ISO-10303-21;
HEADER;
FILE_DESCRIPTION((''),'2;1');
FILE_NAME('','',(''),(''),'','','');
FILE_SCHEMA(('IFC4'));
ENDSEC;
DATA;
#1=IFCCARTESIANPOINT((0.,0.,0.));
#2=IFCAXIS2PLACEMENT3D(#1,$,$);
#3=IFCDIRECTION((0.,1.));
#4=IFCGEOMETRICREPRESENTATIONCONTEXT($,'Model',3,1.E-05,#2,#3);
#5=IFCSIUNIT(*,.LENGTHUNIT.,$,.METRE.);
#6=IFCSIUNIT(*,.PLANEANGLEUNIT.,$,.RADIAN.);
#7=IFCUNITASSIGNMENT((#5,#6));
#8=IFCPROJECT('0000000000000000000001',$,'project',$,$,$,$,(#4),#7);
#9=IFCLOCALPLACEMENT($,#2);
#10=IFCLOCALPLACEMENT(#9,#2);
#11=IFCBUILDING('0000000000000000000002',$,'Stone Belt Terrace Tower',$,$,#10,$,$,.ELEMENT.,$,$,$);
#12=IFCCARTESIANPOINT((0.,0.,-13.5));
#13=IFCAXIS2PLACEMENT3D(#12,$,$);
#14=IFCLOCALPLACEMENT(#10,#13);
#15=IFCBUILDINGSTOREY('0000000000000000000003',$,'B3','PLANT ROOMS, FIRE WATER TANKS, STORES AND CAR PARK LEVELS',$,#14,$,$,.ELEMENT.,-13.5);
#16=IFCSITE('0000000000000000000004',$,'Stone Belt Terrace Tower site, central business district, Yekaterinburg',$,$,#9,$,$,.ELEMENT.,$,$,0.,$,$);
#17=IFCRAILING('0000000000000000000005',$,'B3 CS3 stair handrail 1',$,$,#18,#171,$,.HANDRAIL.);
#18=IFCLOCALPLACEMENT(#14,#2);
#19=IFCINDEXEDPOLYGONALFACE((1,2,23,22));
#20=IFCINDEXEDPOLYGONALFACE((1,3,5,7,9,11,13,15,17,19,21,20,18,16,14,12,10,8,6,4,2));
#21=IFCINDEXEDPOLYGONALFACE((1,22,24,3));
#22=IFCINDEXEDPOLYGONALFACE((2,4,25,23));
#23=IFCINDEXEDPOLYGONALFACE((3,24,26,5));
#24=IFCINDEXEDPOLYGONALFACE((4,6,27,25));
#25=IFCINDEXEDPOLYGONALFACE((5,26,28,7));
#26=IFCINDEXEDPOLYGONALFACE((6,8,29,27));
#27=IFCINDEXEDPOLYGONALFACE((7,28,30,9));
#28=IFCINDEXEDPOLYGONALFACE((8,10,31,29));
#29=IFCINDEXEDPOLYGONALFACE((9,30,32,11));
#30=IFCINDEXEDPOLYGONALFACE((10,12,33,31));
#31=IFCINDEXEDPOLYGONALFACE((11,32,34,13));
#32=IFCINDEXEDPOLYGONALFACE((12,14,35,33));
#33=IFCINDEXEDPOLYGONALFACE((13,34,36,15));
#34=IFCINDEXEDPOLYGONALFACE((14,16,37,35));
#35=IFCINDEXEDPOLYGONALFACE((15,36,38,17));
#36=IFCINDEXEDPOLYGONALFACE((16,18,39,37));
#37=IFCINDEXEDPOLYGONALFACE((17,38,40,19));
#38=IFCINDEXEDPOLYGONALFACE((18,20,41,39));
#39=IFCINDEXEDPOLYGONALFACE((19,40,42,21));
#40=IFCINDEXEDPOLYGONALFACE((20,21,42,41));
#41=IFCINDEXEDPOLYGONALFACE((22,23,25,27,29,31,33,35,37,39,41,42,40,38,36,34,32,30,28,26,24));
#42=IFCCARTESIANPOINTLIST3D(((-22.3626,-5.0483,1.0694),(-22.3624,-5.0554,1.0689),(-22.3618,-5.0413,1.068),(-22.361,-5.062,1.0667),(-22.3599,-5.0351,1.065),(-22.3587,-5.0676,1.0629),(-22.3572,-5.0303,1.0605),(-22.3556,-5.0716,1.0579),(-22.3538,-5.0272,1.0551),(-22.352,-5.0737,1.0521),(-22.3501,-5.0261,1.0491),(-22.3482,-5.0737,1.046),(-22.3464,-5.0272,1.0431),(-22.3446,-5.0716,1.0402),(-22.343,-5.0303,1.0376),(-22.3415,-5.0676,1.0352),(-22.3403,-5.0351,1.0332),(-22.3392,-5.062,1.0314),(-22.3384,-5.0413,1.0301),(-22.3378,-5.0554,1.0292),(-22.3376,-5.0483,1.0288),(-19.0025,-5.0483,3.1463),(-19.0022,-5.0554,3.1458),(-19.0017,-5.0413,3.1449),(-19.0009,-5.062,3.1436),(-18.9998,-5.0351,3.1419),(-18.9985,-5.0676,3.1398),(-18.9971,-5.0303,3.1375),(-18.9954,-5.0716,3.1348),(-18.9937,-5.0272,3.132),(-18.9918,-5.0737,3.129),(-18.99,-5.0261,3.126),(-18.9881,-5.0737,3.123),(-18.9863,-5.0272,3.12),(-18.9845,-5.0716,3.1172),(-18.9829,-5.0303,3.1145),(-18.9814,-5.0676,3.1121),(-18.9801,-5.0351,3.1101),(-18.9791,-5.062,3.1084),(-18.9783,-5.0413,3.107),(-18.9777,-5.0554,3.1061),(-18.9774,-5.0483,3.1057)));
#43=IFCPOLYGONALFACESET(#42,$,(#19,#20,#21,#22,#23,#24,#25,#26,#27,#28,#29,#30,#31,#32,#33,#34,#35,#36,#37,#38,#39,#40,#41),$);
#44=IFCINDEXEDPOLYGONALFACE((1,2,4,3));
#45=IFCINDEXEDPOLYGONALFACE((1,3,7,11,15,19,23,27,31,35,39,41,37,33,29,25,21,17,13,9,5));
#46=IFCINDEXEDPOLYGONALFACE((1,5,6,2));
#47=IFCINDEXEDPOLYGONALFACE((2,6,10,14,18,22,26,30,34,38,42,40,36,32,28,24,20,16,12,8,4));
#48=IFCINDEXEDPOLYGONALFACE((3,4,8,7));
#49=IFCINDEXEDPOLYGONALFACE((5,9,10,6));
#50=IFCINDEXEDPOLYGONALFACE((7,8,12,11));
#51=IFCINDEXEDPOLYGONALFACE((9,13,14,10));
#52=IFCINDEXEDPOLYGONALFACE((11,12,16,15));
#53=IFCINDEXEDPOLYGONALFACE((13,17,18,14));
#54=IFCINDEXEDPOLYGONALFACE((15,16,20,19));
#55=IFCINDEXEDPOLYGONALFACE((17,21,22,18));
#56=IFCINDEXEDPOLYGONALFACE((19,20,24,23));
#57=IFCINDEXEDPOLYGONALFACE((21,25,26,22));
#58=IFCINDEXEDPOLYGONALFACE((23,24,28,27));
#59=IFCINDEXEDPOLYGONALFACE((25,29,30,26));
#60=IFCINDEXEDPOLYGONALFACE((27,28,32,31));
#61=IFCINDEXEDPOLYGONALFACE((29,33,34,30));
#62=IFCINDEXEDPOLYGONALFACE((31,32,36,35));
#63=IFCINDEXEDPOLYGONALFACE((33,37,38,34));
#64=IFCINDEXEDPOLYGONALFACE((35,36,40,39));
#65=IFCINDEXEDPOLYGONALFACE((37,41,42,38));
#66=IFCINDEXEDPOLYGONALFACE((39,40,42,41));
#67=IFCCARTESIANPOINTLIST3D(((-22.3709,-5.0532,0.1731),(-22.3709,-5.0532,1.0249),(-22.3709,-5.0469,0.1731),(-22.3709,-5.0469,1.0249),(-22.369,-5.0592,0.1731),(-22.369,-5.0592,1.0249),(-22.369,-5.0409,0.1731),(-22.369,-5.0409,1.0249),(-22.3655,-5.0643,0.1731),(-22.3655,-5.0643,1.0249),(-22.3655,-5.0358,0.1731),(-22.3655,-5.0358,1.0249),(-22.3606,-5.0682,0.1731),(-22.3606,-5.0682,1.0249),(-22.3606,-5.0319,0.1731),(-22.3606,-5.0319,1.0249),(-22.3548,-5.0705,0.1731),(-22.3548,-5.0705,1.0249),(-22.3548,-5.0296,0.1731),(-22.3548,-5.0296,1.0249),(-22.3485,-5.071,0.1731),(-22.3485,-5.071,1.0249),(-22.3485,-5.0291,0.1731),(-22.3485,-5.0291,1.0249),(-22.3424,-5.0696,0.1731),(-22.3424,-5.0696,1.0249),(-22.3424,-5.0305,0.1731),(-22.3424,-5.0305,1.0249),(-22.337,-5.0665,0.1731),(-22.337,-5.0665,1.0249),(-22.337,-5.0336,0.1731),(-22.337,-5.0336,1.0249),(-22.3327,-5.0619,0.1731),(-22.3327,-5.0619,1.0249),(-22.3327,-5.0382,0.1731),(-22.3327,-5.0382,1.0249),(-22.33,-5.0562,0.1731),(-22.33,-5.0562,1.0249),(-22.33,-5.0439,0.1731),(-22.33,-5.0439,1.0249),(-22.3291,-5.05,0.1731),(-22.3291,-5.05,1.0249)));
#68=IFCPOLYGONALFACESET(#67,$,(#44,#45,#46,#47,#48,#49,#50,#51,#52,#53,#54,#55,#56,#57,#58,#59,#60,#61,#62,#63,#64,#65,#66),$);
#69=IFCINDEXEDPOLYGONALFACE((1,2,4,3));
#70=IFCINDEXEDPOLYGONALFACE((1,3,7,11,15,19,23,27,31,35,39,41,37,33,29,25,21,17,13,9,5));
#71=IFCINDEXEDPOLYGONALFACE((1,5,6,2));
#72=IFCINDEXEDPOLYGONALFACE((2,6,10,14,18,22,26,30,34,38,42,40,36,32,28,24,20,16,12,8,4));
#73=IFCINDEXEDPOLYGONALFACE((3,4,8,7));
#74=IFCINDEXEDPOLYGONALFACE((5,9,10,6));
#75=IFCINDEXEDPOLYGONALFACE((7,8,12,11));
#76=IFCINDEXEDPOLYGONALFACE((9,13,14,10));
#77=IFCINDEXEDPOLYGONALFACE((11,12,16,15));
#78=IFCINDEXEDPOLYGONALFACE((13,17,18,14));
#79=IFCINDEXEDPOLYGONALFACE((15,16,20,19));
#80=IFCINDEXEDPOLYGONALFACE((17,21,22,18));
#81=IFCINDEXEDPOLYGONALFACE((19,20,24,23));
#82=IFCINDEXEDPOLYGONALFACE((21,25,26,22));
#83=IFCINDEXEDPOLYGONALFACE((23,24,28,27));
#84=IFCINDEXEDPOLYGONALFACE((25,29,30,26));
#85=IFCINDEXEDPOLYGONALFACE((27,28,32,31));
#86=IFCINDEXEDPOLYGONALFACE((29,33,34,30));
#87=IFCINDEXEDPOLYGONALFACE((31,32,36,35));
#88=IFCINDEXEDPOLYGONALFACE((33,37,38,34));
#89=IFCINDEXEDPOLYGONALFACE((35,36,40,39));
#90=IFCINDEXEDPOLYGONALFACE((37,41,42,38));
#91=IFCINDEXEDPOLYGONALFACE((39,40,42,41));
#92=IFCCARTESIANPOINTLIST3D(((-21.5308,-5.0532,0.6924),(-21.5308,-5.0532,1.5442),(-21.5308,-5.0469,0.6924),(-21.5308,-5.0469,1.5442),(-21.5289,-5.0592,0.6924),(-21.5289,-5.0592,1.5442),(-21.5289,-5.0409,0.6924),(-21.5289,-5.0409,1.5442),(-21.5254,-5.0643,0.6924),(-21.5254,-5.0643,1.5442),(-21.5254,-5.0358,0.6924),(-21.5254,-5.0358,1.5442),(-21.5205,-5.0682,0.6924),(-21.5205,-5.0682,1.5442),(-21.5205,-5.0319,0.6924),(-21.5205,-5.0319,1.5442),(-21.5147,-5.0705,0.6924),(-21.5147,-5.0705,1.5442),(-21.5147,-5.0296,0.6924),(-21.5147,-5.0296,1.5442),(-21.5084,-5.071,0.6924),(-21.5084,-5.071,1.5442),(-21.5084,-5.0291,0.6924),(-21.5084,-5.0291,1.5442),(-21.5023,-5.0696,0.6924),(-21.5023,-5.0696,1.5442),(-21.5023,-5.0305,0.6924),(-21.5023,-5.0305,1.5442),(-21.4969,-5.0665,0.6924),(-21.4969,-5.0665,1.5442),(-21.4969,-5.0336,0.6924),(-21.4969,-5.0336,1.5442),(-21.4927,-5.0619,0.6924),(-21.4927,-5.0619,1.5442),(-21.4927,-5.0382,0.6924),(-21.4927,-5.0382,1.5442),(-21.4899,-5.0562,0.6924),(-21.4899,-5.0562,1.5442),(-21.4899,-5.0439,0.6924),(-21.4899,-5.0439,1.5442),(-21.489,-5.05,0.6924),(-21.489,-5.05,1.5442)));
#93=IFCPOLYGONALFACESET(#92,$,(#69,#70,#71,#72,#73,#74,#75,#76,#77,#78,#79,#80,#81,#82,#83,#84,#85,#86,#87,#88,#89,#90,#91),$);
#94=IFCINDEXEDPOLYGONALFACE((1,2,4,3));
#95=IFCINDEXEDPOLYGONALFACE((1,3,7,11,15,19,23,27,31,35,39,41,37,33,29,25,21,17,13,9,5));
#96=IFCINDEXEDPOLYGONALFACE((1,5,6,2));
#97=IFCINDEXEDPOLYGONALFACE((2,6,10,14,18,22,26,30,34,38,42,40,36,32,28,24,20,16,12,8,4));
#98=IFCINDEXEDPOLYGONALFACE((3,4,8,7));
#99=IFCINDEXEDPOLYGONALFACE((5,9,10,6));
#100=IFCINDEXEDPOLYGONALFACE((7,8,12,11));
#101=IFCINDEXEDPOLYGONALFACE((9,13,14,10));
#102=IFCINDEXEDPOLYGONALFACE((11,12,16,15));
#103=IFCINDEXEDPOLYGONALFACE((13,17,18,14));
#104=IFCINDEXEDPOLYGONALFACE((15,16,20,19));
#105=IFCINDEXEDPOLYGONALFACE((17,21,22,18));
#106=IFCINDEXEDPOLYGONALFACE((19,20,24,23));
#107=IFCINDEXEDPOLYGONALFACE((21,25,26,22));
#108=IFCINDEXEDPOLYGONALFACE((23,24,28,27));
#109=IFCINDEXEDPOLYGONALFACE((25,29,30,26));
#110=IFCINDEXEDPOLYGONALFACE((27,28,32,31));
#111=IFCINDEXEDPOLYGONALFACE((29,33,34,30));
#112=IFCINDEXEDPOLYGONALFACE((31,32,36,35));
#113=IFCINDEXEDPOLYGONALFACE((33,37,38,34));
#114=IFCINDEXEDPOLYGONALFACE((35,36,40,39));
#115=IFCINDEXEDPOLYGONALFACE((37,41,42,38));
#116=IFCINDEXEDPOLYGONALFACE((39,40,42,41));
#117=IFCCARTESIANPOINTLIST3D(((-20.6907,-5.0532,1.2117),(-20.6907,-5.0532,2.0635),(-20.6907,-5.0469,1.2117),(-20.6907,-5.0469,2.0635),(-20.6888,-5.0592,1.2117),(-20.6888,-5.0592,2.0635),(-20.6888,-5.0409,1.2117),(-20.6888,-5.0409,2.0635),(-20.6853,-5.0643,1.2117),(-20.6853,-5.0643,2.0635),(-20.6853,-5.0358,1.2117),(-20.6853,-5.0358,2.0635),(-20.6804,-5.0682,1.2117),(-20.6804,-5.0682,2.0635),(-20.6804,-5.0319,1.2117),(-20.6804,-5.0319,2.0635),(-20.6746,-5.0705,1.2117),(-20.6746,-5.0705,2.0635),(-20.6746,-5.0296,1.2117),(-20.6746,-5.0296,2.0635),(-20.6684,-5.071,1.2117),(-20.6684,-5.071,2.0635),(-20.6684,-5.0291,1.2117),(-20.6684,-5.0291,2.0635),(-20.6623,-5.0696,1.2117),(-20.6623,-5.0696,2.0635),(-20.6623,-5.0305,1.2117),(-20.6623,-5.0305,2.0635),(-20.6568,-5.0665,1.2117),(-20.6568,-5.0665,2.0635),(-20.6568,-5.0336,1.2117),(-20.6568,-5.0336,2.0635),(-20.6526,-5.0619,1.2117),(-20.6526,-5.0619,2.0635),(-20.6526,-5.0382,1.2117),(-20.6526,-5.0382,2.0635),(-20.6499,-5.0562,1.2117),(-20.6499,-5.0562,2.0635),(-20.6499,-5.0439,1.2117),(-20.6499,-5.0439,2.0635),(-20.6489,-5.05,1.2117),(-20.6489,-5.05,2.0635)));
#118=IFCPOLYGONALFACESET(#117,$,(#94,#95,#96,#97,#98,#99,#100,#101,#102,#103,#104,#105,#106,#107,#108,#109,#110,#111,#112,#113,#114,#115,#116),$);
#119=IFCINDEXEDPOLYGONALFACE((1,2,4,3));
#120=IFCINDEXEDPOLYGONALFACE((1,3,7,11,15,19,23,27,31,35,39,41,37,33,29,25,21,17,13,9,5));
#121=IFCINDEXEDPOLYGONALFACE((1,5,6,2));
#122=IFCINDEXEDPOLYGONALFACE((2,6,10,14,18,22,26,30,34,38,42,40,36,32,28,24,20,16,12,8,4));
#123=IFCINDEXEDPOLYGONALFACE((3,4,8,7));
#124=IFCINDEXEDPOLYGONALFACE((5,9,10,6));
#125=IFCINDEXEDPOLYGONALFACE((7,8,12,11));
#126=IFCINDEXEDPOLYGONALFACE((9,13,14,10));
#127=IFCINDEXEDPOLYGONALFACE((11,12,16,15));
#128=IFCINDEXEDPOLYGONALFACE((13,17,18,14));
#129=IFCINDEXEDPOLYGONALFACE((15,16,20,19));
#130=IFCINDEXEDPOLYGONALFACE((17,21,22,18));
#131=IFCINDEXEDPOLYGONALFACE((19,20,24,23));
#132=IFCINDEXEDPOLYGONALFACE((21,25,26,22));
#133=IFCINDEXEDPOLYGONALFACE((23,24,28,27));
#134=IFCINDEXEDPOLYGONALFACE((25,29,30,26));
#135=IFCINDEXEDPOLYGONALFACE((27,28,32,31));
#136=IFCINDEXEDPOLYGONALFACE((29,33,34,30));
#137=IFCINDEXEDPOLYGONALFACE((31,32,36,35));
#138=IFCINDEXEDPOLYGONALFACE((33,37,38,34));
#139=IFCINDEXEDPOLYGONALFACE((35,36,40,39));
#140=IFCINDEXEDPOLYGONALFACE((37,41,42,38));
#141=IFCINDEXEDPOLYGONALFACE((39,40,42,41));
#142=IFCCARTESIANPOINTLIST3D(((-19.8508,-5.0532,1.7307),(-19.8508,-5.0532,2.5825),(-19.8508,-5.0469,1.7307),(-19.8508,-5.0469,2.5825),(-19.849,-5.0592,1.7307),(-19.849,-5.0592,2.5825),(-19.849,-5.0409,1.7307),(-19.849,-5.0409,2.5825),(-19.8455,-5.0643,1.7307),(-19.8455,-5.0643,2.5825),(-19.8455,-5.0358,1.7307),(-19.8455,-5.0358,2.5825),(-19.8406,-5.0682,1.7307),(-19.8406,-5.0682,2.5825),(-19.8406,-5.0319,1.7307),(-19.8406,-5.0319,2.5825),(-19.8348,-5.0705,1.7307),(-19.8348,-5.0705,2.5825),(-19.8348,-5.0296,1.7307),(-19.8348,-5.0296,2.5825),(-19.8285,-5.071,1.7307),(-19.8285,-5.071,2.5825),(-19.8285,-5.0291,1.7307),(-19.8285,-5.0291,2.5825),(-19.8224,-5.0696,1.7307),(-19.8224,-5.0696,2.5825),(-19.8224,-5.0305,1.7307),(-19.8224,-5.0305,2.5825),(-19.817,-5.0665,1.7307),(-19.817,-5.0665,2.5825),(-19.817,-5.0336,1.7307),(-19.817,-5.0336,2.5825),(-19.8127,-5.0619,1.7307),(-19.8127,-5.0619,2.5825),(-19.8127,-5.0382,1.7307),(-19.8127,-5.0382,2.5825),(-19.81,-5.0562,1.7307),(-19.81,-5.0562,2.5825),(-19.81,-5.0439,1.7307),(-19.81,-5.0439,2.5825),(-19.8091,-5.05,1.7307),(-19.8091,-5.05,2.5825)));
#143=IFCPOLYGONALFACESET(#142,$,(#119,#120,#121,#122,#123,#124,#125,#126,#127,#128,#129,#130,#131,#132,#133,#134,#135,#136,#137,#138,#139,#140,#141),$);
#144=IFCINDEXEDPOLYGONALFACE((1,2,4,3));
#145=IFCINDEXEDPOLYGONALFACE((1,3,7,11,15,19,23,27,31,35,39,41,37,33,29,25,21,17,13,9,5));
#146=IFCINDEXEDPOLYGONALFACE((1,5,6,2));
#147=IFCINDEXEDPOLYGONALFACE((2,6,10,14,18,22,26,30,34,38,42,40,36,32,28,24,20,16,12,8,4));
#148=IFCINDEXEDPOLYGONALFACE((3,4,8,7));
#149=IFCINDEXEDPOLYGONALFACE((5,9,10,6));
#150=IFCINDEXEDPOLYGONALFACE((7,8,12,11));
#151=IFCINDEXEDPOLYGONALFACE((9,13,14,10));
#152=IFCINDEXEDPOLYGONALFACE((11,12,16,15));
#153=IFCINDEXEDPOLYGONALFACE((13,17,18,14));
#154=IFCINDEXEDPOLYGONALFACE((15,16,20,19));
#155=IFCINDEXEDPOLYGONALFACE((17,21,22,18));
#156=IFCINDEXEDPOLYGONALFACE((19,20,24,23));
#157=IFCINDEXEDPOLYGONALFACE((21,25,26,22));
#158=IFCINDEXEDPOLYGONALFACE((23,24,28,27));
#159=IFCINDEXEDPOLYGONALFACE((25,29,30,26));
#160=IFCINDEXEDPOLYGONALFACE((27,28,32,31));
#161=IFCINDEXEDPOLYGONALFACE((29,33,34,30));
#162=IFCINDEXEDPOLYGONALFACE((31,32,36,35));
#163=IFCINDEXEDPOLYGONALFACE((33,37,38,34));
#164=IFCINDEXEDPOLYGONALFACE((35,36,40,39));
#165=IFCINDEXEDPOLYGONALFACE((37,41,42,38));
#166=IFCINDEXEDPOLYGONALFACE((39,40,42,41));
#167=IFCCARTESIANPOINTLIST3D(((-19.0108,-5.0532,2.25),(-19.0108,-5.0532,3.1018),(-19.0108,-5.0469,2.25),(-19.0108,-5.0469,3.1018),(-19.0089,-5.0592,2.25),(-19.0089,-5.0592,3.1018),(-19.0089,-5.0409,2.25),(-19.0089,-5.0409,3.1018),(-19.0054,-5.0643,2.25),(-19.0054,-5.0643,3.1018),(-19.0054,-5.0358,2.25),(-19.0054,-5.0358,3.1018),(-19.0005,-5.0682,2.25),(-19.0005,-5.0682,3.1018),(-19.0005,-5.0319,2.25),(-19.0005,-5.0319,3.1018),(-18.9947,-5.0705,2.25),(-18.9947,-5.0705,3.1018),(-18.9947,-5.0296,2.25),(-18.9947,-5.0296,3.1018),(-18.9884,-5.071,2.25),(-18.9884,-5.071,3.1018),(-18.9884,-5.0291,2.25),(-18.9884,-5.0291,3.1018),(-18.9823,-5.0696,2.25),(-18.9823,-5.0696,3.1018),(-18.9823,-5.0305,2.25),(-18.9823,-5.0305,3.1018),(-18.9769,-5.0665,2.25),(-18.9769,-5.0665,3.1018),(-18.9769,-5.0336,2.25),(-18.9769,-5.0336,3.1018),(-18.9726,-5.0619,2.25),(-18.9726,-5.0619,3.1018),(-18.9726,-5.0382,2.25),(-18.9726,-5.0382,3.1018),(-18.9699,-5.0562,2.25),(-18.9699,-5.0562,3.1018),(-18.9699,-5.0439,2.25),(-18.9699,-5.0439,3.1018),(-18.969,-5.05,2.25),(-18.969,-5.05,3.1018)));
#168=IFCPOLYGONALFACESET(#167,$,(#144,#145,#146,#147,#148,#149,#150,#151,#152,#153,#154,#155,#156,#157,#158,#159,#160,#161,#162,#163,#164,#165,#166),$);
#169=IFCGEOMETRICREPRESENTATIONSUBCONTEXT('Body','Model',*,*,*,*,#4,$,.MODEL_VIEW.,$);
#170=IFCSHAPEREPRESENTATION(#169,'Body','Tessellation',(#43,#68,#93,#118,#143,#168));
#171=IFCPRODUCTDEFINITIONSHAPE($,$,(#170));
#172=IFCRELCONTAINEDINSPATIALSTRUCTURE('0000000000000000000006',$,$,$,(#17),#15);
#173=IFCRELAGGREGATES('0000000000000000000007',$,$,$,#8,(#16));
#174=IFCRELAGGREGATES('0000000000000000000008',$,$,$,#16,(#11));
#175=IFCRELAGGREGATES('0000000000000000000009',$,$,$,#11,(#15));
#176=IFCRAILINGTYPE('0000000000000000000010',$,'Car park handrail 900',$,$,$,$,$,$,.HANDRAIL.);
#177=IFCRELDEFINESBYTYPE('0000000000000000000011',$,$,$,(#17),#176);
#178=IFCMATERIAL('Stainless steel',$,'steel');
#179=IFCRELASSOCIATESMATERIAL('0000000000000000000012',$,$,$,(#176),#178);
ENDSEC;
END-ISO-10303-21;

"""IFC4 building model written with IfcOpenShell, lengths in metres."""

from ifc_helpers import new_model, si_unit, direction, frame, origin, origin_2d, place, context, subcontext, project, spatial, circle, extrude, material, type_object, element, save


model = new_model("IFC4")

# Units and contexts
model_context = context("Model", 3, precision=1e-05, world=origin(), true_north=direction((0.0, 1.0)))
body_context = subcontext(model_context, "Body", "Model", "MODEL_VIEW")
ifc_project = project(units=[si_unit("LENGTHUNIT", "METRE"), si_unit("PLANEANGLEUNIT", "RADIAN")], contexts=[model_context])

# Site, building, storey
site_placement = place(None, origin())
site = spatial("IfcSite", under=ifc_project, at=site_placement, Name="Stone Belt Terrace Tower site, central business district, Yekaterinburg", CompositionType="ELEMENT", RefElevation=0.0)
building_placement = place(site_placement, origin())
building = spatial("IfcBuilding", under=site, at=building_placement, Name="Stone Belt Terrace Tower", CompositionType="ELEMENT")
storey_placement = place(building_placement, frame((0.0, 0.0, -13.5)))
storey = spatial("IfcBuildingStorey", under=building, at=storey_placement, Name="B3", Description="PLANT ROOMS, FIRE WATER TANKS, STORES AND CAR PARK LEVELS", CompositionType="ELEMENT", Elevation=-13.5)

# Railing
ifc_material_1 = material(Name="Stainless steel", Category="steel")
railing_type_1 = type_object("IfcRailingType", Name="Car park handrail 900", PredefinedType="HANDRAIL", material=ifc_material_1)
railing_1_placement = place(storey_placement, frame((-22.3501, -5.05, 0.1731)))
element("IfcRailing", 1, at=railing_1_placement, inside=storey, type_object=railing_type_1, Name="B3 CS3 stair handrail 1", PredefinedType="HANDRAIL", context=body_context, shape_type="SweptSolid", body=[
    extrude(circle(Radius=0.0239, at=origin_2d()), frame((0.0, 0.0, 0.876), z_axis=(0.850623, 0.0, 0.525776), x_axis=(0.0, 1.0, 0.0)), (0.0, 0.0, 1.0), 3.9502),
    extrude(circle(Radius=0.021, at=origin_2d()), origin(), (0.0, 0.0, 1.0), 0.8518),
    extrude(circle(Radius=0.021, at=origin_2d()), frame((0.8401, 0.0, 0.5193)), (0.0, 0.0, 1.0), 0.8518),
    extrude(circle(Radius=0.021, at=origin_2d()), frame((1.6802, 0.0, 1.0386)), (0.0, 0.0, 1.0), 0.8518),
    extrude(circle(Radius=0.021, at=origin_2d()), frame((2.52, 0.0, 1.5576)), (0.0, 0.0, 1.0), 0.8518),
    extrude(circle(Radius=0.021, at=origin_2d()), frame((3.3601, 0.0, 2.0769)), (0.0, 0.0, 1.0), 0.8518),
])

save(model, "model.ifc")
